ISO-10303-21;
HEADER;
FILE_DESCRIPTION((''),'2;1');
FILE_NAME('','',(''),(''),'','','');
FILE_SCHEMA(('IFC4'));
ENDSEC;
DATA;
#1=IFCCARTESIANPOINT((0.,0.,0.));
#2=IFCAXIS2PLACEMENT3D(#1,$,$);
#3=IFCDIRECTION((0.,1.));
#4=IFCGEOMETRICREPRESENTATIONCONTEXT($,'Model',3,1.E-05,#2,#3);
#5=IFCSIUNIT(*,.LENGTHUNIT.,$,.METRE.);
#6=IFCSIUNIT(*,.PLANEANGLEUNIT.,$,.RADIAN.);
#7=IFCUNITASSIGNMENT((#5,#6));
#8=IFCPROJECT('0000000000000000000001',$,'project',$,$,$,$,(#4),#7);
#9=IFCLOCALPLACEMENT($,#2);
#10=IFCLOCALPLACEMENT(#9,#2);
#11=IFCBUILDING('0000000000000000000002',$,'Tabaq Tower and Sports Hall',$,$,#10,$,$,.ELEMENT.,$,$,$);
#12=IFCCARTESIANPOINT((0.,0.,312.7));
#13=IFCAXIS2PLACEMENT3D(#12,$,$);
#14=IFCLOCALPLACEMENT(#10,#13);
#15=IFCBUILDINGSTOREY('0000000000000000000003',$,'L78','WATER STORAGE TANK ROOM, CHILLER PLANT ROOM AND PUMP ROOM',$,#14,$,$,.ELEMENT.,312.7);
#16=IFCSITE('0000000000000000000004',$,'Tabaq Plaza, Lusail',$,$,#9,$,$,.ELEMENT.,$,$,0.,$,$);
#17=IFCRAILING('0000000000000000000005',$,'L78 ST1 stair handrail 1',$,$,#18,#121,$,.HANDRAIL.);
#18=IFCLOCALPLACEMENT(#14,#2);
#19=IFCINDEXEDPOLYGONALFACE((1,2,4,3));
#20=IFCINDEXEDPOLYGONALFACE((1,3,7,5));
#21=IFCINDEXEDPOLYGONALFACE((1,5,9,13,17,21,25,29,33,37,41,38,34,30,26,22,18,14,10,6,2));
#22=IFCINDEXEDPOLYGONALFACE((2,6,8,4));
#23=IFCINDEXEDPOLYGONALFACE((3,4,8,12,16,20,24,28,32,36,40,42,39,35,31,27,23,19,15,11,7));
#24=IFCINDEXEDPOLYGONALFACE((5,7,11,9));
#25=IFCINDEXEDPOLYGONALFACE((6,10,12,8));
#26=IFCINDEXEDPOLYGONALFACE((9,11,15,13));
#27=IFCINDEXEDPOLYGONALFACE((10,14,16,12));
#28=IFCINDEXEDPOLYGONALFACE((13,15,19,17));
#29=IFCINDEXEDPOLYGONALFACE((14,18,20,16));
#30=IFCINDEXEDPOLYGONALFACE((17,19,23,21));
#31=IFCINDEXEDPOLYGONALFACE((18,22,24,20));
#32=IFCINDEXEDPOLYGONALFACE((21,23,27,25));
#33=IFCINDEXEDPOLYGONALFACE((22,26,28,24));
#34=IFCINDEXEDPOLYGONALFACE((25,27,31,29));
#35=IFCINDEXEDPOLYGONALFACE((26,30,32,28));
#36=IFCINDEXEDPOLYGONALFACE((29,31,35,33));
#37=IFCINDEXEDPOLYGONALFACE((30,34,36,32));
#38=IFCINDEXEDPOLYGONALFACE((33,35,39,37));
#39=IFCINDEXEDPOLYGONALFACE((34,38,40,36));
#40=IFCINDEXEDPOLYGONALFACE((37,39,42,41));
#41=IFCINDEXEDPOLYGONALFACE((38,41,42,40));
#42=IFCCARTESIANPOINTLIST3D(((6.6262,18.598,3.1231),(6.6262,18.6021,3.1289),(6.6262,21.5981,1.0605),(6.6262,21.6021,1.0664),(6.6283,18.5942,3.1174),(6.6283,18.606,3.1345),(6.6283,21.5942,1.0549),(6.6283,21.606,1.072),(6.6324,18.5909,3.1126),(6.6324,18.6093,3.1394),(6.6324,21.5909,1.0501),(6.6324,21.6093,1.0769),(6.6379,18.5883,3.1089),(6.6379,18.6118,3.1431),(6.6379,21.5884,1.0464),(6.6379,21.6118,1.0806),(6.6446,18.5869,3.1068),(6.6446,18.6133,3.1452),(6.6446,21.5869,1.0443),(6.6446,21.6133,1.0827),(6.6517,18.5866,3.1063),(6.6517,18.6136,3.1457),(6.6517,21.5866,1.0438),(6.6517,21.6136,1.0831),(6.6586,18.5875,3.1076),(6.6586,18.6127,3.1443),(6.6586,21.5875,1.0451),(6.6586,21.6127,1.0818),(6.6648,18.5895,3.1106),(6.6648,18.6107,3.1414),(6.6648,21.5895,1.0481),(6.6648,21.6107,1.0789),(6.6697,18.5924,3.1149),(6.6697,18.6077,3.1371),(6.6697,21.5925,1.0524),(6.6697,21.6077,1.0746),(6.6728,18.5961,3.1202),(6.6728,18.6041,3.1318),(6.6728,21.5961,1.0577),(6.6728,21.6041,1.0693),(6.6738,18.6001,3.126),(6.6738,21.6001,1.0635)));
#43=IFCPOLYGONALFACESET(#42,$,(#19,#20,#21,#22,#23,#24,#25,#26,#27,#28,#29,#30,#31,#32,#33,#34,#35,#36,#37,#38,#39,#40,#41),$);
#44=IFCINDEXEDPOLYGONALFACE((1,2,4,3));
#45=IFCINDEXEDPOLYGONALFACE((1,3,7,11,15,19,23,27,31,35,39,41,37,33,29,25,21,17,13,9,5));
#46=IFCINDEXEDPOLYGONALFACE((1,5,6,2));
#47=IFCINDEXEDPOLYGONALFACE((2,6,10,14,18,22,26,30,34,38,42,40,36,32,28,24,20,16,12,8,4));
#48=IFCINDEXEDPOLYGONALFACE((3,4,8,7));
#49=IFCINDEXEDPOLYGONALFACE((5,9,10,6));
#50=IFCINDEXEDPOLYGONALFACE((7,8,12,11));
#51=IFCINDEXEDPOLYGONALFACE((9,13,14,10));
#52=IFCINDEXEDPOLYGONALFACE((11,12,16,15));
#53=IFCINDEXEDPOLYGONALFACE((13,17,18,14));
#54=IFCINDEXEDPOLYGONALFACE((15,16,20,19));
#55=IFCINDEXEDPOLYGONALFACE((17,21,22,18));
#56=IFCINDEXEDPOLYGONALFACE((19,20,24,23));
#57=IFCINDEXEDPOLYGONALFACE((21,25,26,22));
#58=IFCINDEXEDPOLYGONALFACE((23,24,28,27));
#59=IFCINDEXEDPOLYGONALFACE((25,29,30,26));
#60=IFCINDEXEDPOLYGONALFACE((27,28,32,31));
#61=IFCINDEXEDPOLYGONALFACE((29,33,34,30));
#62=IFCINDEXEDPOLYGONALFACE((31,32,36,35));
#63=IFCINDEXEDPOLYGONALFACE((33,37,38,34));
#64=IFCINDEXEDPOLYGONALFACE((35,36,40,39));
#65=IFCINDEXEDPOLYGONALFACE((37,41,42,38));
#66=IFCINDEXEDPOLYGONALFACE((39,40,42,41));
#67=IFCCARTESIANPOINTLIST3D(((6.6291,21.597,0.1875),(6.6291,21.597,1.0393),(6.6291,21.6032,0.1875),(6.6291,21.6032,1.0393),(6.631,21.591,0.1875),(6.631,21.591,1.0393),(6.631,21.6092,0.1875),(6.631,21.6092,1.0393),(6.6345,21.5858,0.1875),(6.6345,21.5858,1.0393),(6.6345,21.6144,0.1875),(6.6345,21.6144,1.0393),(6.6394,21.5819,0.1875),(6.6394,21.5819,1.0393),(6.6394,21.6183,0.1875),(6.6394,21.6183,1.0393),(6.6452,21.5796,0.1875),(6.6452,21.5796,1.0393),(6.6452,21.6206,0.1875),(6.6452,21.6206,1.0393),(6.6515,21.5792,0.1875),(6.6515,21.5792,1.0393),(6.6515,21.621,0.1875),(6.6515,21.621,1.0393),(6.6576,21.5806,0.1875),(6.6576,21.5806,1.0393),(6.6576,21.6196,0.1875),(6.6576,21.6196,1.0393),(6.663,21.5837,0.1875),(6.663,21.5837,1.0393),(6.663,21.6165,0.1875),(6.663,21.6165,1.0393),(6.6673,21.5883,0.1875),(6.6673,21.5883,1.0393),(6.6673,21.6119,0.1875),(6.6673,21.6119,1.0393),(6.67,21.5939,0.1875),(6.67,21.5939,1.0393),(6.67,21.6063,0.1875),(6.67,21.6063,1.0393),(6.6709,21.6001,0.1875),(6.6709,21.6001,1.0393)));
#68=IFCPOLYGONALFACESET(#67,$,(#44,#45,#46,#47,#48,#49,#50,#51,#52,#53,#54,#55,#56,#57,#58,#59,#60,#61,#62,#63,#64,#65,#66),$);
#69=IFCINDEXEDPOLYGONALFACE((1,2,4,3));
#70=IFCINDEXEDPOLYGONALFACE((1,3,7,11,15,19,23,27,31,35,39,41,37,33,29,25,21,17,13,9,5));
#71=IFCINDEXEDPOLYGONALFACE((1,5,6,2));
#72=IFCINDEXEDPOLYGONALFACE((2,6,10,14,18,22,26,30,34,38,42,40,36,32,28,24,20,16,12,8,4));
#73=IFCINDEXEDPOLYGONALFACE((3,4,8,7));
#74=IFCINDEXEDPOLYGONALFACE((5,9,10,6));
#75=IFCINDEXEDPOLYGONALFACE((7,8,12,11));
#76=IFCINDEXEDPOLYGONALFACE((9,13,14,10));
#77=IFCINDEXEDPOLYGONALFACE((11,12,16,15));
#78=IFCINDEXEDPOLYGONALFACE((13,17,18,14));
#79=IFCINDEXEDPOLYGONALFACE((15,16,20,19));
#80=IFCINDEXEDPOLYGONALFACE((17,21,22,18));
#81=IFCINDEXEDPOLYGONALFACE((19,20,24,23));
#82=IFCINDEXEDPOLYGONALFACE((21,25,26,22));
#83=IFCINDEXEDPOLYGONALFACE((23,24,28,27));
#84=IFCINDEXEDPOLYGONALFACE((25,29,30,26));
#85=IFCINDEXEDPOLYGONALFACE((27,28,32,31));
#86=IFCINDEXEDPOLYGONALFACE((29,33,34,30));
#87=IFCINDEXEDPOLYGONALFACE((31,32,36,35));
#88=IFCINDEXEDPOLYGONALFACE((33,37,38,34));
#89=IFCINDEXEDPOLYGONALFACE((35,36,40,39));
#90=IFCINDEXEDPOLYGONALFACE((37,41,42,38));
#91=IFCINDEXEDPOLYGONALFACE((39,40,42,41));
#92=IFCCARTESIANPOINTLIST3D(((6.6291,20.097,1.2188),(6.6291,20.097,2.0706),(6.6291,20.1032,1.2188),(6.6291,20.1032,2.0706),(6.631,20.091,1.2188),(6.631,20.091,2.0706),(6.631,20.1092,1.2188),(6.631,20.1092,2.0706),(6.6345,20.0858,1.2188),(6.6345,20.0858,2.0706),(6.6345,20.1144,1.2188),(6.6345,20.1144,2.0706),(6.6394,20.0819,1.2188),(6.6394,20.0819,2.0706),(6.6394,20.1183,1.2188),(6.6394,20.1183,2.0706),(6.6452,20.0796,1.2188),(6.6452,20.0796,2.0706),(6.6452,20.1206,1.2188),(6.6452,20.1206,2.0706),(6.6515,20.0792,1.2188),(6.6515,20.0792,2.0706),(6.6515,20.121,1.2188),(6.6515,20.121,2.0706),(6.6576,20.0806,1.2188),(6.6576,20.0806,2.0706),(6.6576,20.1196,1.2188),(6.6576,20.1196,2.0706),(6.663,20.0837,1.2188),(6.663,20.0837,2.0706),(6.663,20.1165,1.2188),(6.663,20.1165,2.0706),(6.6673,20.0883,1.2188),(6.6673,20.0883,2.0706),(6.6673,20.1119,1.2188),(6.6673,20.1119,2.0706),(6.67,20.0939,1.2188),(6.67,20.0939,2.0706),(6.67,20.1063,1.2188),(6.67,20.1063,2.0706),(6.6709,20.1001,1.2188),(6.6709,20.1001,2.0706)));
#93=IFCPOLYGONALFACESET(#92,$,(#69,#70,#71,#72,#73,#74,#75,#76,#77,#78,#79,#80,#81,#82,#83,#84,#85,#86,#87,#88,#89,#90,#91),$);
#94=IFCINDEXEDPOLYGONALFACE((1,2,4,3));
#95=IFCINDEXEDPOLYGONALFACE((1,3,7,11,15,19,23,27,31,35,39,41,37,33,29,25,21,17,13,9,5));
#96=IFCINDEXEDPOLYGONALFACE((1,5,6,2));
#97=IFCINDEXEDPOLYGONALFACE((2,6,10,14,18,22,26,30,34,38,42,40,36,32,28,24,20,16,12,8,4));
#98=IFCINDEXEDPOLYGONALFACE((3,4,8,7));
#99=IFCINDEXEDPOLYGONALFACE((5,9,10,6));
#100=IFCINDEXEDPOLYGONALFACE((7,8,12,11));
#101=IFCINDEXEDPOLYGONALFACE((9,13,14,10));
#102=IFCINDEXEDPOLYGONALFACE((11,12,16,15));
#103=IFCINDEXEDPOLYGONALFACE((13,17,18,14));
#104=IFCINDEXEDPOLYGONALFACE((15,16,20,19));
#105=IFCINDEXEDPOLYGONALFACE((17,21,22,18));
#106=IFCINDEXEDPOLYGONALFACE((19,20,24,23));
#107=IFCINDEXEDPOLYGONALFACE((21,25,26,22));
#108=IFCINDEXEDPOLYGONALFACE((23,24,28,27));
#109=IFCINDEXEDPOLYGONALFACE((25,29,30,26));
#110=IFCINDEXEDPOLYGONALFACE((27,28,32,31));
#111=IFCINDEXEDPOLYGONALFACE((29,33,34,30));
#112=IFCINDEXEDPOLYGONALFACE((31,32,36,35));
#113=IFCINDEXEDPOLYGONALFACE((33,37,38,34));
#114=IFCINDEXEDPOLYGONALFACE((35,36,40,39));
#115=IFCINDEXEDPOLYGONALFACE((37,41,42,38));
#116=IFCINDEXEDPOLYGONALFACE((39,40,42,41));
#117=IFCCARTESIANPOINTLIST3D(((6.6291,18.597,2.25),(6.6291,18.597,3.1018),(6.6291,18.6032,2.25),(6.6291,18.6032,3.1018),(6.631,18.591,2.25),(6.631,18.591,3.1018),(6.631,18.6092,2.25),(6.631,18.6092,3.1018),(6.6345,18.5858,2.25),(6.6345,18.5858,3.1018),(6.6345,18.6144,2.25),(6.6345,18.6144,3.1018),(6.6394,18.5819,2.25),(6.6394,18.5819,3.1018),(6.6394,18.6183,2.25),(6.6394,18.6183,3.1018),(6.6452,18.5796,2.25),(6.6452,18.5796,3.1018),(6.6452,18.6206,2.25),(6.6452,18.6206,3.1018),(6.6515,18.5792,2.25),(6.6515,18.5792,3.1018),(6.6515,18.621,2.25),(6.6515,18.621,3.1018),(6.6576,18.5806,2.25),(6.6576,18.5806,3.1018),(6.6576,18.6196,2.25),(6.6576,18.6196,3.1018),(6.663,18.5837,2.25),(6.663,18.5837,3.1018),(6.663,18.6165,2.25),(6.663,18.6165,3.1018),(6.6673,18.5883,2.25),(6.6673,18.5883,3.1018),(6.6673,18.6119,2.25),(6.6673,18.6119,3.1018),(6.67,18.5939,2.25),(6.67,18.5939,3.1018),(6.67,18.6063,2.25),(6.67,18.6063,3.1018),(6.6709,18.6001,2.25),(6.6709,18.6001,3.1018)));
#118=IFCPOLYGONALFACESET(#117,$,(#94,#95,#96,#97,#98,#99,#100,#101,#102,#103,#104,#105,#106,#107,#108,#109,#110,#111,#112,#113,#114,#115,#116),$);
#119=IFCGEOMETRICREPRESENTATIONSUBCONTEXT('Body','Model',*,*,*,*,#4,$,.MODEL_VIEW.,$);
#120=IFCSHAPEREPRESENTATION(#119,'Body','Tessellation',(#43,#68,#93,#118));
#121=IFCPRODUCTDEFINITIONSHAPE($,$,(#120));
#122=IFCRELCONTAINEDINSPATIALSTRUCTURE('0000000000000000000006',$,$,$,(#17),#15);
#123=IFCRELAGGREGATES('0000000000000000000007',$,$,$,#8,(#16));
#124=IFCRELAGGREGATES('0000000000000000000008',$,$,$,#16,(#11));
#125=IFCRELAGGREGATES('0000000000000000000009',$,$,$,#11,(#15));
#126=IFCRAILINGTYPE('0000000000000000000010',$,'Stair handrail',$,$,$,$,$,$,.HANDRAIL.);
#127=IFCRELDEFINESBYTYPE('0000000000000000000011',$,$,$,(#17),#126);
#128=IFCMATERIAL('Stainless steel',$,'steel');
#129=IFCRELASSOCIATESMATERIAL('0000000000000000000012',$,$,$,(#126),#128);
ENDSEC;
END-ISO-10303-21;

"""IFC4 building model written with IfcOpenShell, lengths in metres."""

from ifc_helpers import new_model, si_unit, direction, frame, origin, origin_2d, place, context, subcontext, project, spatial, circle, extrude, material, type_object, element, save


model = new_model("IFC4")

# Units and contexts
model_context = context("Model", 3, precision=1e-05, world=origin(), true_north=direction((0.0, 1.0)))
body_context = subcontext(model_context, "Body", "Model", "MODEL_VIEW")
ifc_project = project(units=[si_unit("LENGTHUNIT", "METRE"), si_unit("PLANEANGLEUNIT", "RADIAN")], contexts=[model_context])

# Site, building, storey
site_placement = place(None, origin())
site = spatial("IfcSite", under=ifc_project, at=site_placement, Name="Tabaq Plaza, Lusail", CompositionType="ELEMENT", RefElevation=0.0)
building_placement = place(site_placement, origin())
building = spatial("IfcBuilding", under=site, at=building_placement, Name="Tabaq Tower and Sports Hall", CompositionType="ELEMENT")
storey_placement = place(building_placement, frame((0.0, 0.0, 312.7)))
storey = spatial("IfcBuildingStorey", under=building, at=storey_placement, Name="L78", Description="WATER STORAGE TANK ROOM, CHILLER PLANT ROOM AND PUMP ROOM", CompositionType="ELEMENT", Elevation=312.7)

# Railing
ifc_material_1 = material(Name="Stainless steel", Category="steel")
railing_type_1 = type_object("IfcRailingType", Name="Stair handrail", PredefinedType="HANDRAIL", material=ifc_material_1)
railing_1_placement = place(storey_placement, frame((6.6499, 21.6001, 0.1875)))
element("IfcRailing", 1, at=railing_1_placement, inside=storey, type_object=railing_type_1, Name="L78 ST1 stair handrail 1", PredefinedType="HANDRAIL", context=body_context, shape_type="SweptSolid", body=[
    extrude(circle(Radius=0.0239, at=origin_2d()), frame((0.0, 0.0, 0.876), z_axis=(0.0, -0.824042, 0.566529), x_axis=(1.0, 0.0, 0.0)), (0.0, 0.0, 1.0), 3.6406),
    extrude(circle(Radius=0.021, at=origin_2d()), origin(), (0.0, 0.0, 1.0), 0.8518),
    extrude(circle(Radius=0.021, at=origin_2d()), frame((0.0, -1.5, 1.0312)), (0.0, 0.0, 1.0), 0.8518),
    extrude(circle(Radius=0.021, at=origin_2d()), frame((0.0, -3.0, 2.0625)), (0.0, 0.0, 1.0), 0.8518),
])

save(model, "model.ifc")
